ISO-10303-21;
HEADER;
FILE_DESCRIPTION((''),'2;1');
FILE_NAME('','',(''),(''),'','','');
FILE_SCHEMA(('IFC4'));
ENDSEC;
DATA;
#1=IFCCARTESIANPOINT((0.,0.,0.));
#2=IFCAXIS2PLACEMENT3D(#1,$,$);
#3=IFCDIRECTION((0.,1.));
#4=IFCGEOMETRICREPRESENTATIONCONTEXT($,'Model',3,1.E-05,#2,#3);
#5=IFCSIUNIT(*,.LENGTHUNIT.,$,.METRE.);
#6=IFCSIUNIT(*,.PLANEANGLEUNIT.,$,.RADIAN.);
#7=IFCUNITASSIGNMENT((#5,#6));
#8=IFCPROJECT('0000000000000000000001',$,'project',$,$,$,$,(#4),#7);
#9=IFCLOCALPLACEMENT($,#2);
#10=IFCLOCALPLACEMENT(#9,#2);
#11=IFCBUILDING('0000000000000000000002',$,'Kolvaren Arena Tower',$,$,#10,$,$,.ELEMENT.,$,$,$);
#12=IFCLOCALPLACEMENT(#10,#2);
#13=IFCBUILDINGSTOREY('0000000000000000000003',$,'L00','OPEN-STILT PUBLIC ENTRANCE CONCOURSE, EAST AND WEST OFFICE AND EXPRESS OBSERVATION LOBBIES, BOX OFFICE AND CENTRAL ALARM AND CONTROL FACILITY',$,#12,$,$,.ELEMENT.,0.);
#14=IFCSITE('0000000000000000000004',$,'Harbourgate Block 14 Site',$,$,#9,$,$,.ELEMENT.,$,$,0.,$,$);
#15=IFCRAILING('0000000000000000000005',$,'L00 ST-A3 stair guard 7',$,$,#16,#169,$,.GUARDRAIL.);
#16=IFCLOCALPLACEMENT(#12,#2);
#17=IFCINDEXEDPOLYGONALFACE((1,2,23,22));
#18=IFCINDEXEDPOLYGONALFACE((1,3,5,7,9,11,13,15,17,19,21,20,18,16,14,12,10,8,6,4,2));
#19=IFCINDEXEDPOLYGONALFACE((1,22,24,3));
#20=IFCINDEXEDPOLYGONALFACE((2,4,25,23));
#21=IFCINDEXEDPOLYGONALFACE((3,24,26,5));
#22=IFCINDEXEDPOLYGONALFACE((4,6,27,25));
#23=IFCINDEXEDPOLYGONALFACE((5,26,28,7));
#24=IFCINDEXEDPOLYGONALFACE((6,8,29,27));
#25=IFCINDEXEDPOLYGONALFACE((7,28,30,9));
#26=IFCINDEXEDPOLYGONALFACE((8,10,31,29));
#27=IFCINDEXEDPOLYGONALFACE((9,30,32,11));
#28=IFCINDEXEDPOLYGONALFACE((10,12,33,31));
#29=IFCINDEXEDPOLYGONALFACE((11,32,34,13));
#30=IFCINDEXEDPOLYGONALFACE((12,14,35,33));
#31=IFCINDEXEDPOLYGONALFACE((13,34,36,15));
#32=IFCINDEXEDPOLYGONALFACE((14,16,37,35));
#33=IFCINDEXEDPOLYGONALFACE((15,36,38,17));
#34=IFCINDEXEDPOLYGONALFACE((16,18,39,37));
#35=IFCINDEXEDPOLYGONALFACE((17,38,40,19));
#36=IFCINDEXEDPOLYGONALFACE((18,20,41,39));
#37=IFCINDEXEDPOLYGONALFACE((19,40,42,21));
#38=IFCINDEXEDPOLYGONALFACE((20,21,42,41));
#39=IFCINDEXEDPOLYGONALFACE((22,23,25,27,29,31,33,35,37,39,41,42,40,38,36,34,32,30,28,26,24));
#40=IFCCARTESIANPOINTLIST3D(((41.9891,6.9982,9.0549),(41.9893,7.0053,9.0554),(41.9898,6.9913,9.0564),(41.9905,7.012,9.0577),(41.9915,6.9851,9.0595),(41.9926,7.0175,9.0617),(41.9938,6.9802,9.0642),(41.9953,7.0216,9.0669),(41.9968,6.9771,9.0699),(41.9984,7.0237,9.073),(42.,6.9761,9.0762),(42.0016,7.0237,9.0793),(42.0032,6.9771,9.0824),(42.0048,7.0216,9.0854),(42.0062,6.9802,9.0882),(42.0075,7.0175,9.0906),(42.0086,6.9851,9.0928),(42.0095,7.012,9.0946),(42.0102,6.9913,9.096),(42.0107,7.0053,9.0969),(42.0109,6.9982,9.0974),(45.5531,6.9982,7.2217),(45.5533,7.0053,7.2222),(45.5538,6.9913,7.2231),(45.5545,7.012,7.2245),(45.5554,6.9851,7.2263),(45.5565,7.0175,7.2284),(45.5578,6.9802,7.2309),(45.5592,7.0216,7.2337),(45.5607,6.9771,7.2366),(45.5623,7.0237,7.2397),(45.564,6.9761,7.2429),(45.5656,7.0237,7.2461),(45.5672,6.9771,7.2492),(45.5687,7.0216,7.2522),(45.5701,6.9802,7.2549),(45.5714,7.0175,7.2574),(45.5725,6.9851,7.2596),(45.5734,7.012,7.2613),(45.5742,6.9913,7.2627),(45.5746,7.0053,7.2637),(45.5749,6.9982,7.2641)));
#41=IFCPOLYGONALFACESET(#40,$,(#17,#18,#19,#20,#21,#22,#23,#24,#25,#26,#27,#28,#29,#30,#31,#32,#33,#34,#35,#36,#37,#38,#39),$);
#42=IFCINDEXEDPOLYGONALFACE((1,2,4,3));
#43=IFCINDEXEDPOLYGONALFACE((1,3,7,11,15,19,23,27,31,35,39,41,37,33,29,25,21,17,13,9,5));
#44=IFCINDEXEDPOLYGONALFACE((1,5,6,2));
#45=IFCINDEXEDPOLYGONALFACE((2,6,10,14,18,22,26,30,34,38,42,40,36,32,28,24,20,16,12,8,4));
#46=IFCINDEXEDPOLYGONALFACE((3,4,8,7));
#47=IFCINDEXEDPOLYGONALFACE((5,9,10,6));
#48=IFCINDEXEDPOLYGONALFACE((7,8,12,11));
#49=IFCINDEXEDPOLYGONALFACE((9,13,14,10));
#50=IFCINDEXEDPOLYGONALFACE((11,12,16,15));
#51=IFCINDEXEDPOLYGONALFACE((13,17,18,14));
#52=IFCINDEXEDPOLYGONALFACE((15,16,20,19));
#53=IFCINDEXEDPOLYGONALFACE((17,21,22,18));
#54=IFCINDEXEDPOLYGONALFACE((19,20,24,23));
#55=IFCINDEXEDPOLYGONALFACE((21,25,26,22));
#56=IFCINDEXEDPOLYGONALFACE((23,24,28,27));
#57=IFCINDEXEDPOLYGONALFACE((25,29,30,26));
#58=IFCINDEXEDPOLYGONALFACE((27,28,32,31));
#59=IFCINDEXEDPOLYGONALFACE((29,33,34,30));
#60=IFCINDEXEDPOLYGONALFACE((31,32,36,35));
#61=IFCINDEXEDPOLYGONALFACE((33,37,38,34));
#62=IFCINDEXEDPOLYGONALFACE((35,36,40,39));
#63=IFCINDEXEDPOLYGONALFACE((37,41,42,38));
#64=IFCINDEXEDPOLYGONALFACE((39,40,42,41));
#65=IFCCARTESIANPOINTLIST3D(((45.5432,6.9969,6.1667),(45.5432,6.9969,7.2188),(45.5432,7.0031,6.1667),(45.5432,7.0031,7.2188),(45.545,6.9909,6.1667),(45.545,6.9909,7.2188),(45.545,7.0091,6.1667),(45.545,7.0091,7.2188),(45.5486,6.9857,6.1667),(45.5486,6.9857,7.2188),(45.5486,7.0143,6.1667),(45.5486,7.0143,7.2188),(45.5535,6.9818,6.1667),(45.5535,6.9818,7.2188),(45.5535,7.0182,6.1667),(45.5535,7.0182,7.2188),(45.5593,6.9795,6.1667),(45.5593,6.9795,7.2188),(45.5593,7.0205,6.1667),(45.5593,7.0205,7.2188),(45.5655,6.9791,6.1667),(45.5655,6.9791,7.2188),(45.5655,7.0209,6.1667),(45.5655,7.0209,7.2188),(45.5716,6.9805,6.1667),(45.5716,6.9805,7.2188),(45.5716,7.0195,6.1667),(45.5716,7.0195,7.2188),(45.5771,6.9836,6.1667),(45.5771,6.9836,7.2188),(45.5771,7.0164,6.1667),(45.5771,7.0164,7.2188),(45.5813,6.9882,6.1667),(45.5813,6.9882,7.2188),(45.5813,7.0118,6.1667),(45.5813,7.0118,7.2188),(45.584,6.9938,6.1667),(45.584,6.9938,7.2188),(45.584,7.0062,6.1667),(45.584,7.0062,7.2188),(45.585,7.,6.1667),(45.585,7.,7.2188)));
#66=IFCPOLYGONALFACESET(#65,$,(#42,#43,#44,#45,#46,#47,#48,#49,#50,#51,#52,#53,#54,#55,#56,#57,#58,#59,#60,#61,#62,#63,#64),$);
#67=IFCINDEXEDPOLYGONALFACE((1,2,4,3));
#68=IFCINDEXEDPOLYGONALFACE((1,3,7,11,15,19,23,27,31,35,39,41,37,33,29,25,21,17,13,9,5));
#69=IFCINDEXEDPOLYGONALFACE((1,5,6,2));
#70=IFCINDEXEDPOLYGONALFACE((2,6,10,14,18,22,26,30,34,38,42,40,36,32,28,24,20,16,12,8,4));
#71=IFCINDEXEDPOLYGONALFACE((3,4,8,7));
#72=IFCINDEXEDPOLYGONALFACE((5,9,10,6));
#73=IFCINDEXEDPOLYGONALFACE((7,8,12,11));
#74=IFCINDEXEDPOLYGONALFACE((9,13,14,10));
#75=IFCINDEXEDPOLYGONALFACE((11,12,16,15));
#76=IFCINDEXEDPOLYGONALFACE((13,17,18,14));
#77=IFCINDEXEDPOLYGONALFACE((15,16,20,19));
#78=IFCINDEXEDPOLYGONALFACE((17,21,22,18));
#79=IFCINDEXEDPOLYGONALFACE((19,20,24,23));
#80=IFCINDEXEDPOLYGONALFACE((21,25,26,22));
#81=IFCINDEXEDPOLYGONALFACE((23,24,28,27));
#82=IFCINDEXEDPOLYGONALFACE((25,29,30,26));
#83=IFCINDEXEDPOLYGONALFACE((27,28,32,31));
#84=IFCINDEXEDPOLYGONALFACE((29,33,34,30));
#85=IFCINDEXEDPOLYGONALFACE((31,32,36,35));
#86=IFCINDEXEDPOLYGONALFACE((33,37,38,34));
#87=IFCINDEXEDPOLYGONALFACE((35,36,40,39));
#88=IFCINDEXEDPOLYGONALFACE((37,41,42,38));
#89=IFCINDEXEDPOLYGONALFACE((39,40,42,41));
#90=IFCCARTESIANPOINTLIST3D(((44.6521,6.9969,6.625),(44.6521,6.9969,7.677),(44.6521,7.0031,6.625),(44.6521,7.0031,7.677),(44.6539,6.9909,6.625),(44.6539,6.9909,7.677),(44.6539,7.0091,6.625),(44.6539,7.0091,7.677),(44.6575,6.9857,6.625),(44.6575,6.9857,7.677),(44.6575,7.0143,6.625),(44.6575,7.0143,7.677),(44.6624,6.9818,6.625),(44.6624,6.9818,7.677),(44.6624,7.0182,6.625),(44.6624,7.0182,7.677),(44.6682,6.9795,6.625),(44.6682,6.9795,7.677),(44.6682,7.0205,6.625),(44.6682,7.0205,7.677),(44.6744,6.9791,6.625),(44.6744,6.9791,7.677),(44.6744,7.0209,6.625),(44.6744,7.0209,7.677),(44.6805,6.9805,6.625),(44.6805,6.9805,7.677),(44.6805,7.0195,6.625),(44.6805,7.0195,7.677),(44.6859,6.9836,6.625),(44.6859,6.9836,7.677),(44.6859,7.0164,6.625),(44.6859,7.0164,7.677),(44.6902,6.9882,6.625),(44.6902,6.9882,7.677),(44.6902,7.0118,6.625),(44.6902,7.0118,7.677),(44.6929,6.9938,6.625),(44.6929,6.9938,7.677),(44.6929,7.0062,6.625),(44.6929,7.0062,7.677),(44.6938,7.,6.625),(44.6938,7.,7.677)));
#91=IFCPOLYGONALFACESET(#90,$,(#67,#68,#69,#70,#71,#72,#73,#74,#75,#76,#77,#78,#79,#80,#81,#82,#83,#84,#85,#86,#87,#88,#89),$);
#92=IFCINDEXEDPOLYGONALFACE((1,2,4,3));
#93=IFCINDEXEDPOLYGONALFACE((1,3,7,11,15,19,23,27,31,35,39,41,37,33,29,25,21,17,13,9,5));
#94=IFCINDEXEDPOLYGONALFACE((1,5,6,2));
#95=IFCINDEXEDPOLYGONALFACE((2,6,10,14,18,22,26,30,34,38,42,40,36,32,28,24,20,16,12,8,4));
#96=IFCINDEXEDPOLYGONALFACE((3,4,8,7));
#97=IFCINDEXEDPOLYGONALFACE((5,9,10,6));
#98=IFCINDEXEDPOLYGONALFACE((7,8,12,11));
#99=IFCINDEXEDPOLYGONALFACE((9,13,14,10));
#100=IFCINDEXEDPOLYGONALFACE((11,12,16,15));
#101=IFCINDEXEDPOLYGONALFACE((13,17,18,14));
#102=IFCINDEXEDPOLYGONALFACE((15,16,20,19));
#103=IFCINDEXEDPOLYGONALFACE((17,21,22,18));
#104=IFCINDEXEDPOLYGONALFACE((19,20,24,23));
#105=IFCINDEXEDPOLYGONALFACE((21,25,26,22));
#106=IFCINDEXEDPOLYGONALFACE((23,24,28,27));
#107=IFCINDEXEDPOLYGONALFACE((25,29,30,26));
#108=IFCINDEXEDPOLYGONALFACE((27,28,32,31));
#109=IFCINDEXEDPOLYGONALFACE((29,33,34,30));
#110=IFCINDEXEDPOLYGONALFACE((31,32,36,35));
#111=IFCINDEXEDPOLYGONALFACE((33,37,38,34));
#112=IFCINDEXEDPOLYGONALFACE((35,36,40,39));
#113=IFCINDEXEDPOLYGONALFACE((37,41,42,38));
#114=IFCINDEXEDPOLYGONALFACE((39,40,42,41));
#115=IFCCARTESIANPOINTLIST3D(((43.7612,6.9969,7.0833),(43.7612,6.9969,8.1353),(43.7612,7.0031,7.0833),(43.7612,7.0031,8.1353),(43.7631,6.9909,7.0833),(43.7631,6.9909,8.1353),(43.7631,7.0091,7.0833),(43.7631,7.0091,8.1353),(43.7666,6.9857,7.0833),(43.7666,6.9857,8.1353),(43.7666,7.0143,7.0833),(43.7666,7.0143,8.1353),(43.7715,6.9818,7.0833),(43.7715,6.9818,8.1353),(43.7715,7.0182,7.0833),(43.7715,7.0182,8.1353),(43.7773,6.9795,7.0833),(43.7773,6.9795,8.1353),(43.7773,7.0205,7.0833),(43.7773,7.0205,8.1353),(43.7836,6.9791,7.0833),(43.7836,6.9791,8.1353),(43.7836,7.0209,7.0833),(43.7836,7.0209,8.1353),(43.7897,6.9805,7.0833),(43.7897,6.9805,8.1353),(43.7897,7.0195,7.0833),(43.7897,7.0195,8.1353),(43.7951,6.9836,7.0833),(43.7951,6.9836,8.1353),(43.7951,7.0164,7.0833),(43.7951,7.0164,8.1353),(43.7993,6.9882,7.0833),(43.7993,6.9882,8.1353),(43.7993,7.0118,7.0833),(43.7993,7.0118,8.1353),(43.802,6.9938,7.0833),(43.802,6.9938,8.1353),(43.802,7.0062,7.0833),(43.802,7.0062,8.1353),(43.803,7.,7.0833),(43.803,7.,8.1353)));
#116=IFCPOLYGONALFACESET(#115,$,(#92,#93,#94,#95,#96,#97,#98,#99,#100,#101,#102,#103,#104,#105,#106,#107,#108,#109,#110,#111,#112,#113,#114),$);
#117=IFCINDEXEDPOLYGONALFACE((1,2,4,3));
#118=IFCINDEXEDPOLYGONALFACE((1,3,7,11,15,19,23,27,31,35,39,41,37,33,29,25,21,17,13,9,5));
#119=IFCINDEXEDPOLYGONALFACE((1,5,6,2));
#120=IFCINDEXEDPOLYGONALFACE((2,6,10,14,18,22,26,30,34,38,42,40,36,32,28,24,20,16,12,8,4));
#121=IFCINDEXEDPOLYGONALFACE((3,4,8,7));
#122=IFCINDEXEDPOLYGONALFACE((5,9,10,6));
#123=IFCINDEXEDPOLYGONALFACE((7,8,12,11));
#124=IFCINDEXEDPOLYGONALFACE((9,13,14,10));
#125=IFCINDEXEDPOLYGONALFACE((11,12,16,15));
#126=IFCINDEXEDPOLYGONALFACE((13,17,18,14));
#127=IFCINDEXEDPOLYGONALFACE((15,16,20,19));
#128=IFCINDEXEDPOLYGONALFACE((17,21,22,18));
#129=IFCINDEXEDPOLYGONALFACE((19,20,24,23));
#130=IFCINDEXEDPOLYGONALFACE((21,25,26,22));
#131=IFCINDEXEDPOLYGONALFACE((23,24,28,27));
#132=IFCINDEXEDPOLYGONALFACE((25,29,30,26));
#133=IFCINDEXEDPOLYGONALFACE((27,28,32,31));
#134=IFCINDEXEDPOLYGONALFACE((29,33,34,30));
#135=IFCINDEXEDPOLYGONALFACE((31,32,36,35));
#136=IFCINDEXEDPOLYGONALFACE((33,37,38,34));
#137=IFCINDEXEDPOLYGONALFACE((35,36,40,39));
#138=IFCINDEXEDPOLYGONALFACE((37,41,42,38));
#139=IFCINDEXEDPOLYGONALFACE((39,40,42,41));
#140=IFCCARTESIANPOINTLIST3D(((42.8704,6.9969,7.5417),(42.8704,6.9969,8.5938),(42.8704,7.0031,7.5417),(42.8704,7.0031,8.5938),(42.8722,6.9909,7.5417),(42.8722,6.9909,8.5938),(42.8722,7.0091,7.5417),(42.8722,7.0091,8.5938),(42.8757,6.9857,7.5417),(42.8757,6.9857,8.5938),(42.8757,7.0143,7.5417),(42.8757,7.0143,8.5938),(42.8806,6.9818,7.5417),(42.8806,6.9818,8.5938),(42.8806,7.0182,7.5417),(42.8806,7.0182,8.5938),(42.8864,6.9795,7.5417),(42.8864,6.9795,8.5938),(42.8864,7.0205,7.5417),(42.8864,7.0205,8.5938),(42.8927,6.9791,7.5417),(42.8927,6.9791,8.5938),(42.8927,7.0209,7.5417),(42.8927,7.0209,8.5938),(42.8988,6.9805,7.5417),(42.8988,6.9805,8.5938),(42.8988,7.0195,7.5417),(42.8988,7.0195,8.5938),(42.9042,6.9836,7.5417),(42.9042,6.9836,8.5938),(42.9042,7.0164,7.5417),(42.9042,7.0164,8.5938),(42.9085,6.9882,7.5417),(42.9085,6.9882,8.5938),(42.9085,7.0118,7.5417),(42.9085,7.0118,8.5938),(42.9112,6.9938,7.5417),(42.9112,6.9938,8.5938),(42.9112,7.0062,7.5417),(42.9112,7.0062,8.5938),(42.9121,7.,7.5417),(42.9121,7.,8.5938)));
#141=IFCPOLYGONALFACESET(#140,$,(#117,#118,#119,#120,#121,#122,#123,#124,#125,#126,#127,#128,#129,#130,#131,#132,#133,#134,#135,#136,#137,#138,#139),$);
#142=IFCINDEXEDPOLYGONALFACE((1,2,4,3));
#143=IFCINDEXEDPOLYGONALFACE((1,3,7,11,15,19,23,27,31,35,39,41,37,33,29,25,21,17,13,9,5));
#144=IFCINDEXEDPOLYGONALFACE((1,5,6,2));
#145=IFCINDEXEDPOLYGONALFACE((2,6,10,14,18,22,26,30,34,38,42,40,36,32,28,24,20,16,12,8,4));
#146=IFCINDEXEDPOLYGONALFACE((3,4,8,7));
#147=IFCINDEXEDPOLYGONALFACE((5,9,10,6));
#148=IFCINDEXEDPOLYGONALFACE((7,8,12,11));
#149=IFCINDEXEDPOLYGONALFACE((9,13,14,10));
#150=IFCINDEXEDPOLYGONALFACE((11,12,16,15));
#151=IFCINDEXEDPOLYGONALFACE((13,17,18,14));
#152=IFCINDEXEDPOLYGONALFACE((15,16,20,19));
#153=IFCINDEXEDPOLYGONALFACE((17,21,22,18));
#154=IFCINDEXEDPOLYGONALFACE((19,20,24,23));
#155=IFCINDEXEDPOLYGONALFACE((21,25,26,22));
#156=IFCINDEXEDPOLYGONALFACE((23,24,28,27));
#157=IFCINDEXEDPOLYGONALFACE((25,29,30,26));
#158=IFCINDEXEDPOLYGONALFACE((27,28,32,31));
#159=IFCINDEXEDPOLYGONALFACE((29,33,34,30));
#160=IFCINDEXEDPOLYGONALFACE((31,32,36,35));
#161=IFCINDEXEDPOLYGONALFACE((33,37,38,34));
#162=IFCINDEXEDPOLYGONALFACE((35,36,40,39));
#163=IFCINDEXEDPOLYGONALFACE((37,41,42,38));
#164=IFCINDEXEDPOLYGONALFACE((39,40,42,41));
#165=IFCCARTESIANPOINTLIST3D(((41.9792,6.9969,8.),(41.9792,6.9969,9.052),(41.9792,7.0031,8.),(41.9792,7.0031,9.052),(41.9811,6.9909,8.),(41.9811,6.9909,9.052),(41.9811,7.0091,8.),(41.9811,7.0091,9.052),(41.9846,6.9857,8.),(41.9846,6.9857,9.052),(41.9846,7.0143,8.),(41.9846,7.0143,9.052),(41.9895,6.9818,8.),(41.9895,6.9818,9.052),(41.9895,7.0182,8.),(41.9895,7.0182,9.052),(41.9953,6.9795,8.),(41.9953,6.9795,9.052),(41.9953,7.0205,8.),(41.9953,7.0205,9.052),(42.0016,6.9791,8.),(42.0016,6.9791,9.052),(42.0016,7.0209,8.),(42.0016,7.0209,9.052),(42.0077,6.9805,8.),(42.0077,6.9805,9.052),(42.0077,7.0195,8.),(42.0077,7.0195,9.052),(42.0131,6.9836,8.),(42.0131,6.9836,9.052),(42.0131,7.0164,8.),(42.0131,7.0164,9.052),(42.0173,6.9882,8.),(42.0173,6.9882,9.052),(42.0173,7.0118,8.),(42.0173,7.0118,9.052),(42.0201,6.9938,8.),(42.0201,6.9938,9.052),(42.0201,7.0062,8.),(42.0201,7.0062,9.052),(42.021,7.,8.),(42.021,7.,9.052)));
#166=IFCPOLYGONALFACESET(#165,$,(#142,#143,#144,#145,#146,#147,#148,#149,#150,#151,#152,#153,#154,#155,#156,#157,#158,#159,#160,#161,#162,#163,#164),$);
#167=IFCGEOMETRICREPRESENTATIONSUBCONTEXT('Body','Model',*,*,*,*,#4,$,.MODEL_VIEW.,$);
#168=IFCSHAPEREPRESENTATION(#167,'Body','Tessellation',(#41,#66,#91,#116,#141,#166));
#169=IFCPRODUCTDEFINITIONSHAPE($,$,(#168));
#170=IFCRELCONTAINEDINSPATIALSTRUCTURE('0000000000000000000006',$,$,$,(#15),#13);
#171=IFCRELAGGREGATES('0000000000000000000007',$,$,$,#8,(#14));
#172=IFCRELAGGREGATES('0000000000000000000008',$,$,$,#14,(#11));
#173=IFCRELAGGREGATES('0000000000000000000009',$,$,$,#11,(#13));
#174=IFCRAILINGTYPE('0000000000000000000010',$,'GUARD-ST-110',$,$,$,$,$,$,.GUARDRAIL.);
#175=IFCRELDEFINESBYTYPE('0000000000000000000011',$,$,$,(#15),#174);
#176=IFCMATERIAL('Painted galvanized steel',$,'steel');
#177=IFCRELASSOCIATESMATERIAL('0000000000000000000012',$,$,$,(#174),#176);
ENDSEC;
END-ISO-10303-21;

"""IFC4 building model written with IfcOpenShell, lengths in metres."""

from ifc_helpers import new_model, si_unit, direction, frame, origin, origin_2d, place, context, subcontext, project, spatial, circle, extrude, material, type_object, element, save


model = new_model("IFC4")

# Units and contexts
model_context = context("Model", 3, precision=1e-05, world=origin(), true_north=direction((0.0, 1.0)))
body_context = subcontext(model_context, "Body", "Model", "MODEL_VIEW")
ifc_project = project(units=[si_unit("LENGTHUNIT", "METRE"), si_unit("PLANEANGLEUNIT", "RADIAN")], contexts=[model_context])

# Site, building, storey
site_placement = place(None, origin())
site = spatial("IfcSite", under=ifc_project, at=site_placement, Name="Harbourgate Block 14 Site", CompositionType="ELEMENT", RefElevation=0.0)
building_placement = place(site_placement, origin())
building = spatial("IfcBuilding", under=site, at=building_placement, Name="Kolvaren Arena Tower", CompositionType="ELEMENT")
storey_placement = place(building_placement, origin())
storey = spatial("IfcBuildingStorey", under=building, at=storey_placement, Name="L00", Description="OPEN-STILT PUBLIC ENTRANCE CONCOURSE, EAST AND WEST OFFICE AND EXPRESS OBSERVATION LOBBIES, BOX OFFICE AND CENTRAL ALARM AND CONTROL FACILITY", CompositionType="ELEMENT", Elevation=0.0)

# Railing
ifc_material_1 = material(Name="Painted galvanized steel", Category="steel")
railing_type_1 = type_object("IfcRailingType", Name="GUARD-ST-110", PredefinedType="GUARDRAIL", material=ifc_material_1)
railing_1_placement = place(storey_placement, frame((45.564, 7.0, 6.1667)))
element("IfcRailing", 1, at=railing_1_placement, inside=storey, type_object=railing_type_1, Name="L00 ST-A3 stair guard 7", PredefinedType="GUARDRAIL", context=body_context, shape_type="SweptSolid", body=[
    extrude(circle(Radius=0.0239, at=origin_2d()), frame((0.0, 0.0, 1.0762), z_axis=(-0.889252, 0.0, 0.457418), x_axis=(0.0, -1.0, 0.0)), (0.0, 0.0, 1.0), 4.0078),
    extrude(circle(Radius=0.021, at=origin_2d()), origin(), (0.0, 0.0, 1.0), 1.052),
    extrude(circle(Radius=0.021, at=origin_2d()), frame((-0.8911, 0.0, 0.4583)), (0.0, 0.0, 1.0), 1.052),
    extrude(circle(Radius=0.021, at=origin_2d()), frame((-1.782, 0.0, 0.9165)), (0.0, 0.0, 1.0), 1.052),
    extrude(circle(Radius=0.021, at=origin_2d()), frame((-2.6729, 0.0, 1.375)), (0.0, 0.0, 1.0), 1.052),
    extrude(circle(Radius=0.021, at=origin_2d()), frame((-3.564, 0.0, 1.8333)), (0.0, 0.0, 1.0), 1.052),
])

save(model, "model.ifc")
